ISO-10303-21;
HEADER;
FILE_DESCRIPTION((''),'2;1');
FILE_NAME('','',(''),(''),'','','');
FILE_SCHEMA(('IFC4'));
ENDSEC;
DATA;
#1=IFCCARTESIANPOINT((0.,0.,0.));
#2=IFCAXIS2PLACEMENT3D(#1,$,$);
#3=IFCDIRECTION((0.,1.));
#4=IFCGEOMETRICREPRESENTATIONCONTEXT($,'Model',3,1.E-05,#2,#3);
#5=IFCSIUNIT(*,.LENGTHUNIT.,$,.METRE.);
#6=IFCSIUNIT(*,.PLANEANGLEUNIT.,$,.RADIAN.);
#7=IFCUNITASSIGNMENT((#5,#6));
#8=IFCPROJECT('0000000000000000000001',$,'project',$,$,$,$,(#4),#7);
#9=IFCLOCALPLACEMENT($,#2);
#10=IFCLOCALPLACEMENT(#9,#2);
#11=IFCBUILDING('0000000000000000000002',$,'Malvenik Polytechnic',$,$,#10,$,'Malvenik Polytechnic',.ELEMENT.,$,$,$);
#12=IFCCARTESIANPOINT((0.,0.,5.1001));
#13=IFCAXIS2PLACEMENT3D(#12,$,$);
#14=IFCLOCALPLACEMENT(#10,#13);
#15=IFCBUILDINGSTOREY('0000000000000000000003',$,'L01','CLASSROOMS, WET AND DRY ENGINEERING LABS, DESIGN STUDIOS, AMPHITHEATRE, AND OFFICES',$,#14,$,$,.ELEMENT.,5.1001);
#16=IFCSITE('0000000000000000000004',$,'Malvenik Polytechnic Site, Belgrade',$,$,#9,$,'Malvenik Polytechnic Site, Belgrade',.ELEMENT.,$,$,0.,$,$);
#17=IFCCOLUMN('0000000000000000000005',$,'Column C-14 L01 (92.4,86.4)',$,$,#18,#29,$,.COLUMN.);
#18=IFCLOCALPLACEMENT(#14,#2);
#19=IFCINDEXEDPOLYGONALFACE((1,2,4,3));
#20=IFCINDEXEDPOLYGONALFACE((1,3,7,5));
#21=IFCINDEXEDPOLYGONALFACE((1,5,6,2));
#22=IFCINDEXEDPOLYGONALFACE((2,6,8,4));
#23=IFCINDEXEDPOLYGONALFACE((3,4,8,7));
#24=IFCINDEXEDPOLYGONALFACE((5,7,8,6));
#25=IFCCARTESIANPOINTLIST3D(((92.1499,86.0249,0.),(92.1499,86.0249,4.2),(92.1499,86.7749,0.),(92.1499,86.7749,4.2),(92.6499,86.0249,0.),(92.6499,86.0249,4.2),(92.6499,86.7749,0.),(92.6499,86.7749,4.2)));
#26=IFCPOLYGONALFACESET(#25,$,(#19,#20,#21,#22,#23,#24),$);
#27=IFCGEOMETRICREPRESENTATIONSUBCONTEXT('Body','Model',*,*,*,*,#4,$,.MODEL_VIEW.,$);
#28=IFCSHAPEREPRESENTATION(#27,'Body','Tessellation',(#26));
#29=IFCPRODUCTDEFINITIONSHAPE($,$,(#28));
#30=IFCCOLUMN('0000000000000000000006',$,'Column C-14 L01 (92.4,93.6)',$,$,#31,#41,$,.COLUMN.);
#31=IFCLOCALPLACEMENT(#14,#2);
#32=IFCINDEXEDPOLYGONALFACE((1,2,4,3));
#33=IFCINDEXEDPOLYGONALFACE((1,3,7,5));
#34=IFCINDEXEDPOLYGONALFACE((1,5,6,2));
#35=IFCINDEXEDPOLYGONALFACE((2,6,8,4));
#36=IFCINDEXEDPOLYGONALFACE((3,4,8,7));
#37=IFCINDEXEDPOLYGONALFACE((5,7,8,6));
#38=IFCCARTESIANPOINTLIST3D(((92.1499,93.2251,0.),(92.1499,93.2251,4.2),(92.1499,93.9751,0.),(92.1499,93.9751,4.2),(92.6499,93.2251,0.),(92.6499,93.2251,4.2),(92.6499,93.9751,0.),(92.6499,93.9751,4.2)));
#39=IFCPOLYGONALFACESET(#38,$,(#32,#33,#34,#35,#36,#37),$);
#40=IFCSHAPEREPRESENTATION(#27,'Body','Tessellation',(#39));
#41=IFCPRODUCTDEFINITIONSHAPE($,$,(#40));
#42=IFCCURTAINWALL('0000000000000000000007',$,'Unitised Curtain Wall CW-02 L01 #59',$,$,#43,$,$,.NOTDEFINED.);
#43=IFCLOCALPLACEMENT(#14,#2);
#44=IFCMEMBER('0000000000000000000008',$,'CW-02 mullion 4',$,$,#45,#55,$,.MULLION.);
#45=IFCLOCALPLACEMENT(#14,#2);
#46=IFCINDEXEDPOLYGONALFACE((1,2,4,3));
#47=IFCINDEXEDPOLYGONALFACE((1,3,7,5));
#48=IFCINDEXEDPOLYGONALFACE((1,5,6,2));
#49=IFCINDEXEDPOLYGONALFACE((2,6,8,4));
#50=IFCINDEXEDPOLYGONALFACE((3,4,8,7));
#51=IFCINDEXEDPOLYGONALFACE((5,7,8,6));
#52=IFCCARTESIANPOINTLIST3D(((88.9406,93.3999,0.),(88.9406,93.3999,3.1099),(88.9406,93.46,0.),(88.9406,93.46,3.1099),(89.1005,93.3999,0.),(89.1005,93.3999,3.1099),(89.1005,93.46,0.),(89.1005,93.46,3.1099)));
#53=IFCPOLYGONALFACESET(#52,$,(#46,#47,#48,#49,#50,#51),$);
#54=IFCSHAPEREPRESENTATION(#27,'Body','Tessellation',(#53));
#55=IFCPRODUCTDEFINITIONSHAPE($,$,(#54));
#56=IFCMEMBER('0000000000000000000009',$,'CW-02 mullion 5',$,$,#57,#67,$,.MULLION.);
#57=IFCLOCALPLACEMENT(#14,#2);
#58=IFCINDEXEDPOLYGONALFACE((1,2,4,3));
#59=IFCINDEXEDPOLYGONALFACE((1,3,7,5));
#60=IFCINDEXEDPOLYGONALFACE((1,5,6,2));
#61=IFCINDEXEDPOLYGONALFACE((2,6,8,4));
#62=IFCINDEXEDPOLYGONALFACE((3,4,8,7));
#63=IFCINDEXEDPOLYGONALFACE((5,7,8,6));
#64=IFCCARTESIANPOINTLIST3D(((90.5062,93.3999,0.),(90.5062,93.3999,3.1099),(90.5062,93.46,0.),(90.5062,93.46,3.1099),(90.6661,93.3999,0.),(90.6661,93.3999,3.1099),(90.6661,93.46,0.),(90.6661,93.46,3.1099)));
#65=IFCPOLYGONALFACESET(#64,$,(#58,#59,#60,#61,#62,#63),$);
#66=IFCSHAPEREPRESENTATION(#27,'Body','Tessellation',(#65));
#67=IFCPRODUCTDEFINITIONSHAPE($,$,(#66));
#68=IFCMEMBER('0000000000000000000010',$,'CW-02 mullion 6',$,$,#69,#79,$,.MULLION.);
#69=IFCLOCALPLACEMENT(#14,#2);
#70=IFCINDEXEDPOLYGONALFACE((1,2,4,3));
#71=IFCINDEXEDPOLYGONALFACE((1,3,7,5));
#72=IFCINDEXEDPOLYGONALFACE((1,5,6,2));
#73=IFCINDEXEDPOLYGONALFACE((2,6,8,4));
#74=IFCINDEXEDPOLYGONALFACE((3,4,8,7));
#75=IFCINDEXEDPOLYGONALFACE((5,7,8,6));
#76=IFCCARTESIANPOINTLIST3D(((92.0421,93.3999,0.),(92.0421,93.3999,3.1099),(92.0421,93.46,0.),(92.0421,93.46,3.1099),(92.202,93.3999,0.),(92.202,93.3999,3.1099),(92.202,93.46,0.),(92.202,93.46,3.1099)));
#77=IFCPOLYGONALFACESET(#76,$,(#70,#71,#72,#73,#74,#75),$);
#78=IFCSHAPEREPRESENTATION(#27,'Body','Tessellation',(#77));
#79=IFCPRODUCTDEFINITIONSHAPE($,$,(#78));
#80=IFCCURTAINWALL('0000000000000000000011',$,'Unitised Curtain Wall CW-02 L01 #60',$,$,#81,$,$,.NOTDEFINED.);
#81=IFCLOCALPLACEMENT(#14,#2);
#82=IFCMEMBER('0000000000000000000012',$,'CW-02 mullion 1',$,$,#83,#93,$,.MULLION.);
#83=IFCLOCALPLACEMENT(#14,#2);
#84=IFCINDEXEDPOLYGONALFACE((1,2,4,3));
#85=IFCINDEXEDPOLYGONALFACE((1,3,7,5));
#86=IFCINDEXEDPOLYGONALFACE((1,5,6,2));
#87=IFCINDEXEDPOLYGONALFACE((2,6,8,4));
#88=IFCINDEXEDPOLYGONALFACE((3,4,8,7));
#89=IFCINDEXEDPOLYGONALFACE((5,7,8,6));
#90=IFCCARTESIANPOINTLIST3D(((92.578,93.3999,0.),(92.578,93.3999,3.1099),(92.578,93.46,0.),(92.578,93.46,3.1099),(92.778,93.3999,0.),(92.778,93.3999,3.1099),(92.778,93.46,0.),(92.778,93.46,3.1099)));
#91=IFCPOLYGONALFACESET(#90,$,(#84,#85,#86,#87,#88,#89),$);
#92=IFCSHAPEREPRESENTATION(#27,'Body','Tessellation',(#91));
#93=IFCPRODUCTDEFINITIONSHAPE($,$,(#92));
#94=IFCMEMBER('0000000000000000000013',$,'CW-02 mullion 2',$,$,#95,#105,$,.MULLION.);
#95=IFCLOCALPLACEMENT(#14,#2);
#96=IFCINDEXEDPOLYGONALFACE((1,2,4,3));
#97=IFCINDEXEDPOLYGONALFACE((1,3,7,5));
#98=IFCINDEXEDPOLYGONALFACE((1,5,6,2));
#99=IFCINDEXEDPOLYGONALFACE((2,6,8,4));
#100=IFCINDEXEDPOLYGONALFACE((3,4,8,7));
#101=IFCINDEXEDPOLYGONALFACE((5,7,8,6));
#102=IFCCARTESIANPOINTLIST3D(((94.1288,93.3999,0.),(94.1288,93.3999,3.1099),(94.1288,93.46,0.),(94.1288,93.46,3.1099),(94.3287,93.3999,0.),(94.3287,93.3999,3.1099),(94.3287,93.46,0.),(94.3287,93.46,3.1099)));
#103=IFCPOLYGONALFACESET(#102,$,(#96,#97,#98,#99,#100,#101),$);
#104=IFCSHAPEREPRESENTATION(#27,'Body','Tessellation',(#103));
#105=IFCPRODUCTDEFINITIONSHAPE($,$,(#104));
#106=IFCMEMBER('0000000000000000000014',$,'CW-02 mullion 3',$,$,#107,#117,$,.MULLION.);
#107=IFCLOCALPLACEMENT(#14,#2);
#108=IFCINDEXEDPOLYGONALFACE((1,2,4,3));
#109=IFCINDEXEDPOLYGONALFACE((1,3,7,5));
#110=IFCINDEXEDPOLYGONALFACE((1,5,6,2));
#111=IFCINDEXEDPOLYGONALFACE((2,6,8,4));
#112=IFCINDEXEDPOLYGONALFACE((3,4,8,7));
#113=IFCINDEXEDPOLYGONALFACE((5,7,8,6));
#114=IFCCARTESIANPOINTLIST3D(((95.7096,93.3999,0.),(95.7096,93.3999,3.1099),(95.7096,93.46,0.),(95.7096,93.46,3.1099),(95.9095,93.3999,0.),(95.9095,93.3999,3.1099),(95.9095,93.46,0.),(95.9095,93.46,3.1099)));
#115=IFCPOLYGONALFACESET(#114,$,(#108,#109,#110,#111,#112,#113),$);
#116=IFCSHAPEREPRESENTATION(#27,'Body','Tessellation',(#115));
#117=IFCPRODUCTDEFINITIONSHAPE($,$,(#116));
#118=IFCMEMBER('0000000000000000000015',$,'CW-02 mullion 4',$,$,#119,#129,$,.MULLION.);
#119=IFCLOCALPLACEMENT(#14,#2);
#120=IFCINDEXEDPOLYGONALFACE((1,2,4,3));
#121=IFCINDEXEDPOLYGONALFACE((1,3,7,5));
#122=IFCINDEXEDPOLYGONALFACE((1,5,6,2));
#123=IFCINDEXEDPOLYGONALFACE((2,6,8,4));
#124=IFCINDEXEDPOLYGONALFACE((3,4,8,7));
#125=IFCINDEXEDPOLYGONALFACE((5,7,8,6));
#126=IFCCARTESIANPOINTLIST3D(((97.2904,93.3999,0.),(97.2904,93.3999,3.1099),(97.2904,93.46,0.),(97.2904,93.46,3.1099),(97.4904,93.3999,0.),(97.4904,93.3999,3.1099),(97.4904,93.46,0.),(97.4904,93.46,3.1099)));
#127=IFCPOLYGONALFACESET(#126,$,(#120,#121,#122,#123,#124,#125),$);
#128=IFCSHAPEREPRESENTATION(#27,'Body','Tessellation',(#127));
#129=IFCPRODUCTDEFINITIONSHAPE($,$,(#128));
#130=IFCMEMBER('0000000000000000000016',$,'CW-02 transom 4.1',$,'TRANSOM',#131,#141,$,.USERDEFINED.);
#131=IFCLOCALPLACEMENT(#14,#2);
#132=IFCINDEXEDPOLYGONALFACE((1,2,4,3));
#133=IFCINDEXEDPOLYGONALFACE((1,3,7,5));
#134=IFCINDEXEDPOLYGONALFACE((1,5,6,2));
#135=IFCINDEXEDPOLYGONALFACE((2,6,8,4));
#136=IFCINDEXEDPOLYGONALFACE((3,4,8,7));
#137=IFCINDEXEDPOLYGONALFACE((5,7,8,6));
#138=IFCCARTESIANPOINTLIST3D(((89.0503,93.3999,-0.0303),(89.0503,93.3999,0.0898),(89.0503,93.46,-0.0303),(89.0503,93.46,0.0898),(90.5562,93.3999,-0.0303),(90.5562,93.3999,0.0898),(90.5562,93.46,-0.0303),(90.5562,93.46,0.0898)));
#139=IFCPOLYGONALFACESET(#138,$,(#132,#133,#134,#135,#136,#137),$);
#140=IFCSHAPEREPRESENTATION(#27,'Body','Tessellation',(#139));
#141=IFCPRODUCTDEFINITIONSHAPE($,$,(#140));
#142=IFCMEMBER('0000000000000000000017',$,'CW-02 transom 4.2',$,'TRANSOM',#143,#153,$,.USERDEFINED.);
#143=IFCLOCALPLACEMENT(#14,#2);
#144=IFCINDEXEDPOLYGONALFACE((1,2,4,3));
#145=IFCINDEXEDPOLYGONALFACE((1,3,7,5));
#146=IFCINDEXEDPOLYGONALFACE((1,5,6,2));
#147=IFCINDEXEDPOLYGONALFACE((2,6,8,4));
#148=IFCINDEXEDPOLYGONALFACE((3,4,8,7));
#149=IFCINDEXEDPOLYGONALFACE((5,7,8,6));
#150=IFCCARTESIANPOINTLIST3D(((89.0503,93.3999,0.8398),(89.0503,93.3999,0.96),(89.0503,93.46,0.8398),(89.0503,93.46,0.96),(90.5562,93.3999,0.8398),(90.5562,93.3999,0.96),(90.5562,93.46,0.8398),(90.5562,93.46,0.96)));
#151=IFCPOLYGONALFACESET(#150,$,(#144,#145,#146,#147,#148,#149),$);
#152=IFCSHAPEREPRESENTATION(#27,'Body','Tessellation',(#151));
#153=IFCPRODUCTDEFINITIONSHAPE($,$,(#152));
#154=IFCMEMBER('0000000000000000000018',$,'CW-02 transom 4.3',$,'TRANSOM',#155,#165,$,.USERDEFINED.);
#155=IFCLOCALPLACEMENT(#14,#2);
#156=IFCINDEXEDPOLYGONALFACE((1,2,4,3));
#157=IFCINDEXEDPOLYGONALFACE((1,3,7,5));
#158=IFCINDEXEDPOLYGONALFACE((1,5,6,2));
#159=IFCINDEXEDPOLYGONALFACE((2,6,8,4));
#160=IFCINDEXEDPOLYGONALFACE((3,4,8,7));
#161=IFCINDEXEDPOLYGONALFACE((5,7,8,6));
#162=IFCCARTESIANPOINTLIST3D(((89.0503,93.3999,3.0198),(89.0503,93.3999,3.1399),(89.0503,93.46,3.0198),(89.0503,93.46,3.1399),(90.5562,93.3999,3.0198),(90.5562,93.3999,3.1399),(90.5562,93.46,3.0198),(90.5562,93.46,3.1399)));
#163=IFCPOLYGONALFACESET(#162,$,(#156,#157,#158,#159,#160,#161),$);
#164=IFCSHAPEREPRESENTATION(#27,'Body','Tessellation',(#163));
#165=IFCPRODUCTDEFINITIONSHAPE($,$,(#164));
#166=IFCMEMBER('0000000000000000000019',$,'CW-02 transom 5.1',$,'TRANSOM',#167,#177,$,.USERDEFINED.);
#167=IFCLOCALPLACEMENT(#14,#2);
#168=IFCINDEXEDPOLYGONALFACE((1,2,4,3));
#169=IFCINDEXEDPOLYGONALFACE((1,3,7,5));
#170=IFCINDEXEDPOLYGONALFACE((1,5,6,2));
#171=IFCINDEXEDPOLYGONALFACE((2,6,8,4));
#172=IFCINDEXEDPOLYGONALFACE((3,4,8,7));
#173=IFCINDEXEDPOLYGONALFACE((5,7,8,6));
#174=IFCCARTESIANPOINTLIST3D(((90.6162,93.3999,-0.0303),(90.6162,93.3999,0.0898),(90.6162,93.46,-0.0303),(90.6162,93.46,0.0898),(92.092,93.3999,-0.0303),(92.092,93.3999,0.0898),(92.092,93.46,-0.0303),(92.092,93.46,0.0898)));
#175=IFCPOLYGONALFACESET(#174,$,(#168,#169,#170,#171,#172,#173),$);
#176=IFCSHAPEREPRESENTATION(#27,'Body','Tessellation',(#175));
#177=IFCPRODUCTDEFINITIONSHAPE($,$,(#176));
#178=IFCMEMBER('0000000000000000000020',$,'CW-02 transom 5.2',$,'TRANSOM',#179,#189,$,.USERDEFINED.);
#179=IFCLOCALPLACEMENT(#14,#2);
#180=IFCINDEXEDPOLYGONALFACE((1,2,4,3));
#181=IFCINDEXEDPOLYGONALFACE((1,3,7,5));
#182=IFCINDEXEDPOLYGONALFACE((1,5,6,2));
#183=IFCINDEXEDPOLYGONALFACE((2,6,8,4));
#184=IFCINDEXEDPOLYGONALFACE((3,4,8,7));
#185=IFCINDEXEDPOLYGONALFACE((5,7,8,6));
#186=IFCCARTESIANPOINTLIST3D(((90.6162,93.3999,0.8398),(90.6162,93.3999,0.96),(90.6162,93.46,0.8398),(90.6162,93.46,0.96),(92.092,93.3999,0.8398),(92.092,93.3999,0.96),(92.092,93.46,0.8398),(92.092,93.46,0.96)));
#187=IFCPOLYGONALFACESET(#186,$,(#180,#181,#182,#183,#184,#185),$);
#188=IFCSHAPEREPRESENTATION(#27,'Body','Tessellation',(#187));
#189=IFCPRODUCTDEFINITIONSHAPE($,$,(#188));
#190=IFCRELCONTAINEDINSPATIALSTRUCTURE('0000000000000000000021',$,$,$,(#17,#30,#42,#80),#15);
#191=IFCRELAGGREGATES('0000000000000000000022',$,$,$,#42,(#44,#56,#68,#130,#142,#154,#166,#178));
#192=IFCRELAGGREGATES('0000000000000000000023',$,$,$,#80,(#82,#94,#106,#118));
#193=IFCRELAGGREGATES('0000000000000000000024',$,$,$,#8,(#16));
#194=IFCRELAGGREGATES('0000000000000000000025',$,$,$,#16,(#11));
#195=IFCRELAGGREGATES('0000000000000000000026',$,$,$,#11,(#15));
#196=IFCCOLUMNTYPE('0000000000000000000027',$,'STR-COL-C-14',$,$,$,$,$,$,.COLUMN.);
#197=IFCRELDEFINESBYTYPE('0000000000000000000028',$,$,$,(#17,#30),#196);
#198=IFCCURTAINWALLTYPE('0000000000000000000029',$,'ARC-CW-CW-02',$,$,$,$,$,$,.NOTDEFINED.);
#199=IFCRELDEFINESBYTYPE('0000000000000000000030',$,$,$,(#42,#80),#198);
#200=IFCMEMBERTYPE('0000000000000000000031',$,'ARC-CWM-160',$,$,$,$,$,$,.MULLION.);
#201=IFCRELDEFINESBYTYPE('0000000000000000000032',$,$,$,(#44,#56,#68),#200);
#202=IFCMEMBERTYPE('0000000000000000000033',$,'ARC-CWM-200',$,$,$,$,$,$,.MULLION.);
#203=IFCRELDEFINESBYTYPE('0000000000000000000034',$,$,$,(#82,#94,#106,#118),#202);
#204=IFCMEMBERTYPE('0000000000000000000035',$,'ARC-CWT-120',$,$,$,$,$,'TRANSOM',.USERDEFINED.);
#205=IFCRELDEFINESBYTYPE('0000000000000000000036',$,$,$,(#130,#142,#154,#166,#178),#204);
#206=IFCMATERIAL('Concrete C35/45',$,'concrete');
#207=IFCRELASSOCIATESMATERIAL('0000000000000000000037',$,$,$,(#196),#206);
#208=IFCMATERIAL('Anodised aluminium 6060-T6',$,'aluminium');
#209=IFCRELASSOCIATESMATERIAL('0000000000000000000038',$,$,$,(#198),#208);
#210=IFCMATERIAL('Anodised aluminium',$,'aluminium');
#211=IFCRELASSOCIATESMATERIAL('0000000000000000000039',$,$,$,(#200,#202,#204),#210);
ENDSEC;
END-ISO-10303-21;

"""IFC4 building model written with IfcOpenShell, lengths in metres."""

from ifc_helpers import new_model, si_unit, direction, frame, origin, origin_2d, place, context, subcontext, project, spatial, rectangle, extrude, material, material_profile, profile_set, type_object, element, aggregate, save


model = new_model("IFC4")

# Units and contexts
model_context = context("Model", 3, precision=1e-05, world=origin(), true_north=direction((0.0, 1.0)))
body_context = subcontext(model_context, "Body", "Model", "MODEL_VIEW")
ifc_project = project(units=[si_unit("LENGTHUNIT", "METRE"), si_unit("PLANEANGLEUNIT", "RADIAN")], contexts=[model_context])

# Site, building, storey
site_placement = place(None, origin())
site = spatial("IfcSite", under=ifc_project, at=site_placement, Name="Malvenik Polytechnic Site, Belgrade", LongName="Malvenik Polytechnic Site, Belgrade", CompositionType="ELEMENT", RefElevation=0.0)
building_placement = place(site_placement, origin())
building = spatial("IfcBuilding", under=site, at=building_placement, Name="Malvenik Polytechnic", LongName="Malvenik Polytechnic", CompositionType="ELEMENT")
storey_placement = place(building_placement, frame((0.0, 0.0, 5.1001)))
storey = spatial("IfcBuildingStorey", under=building, at=storey_placement, Name="L01", Description="CLASSROOMS, WET AND DRY ENGINEERING LABS, DESIGN STUDIOS, AMPHITHEATRE, AND OFFICES", CompositionType="ELEMENT", Elevation=5.1001)

# Columns
ifc_material_1 = material(Name="Concrete C35/45", Category="concrete")
ifc_material_profile_1 = material_profile(ifc_material_1, rectangle(XDim=0.5, YDim=0.75, at=origin_2d()), Name="RC COL 750x500")
ifc_profile_set_1 = profile_set([ifc_material_profile_1], Name="Concrete C35/45")
column_type = type_object("IfcColumnType", Name="STR-COL-C-14", PredefinedType="COLUMN", material=ifc_profile_set_1)
for number, where, z_axis, x_axis, name in (
    (1, (92.3999, 86.3999, 0.0), (0.0, 0.0, 1.0), (1.0, 0.0, 0.0), "Column C-14 L01 (92.4,86.4)"),
    (2, (92.3999, 93.6001, 0.0), (0.0, 0.0, 1.0), (1.0, 0.0, 0.0), "Column C-14 L01 (92.4,93.6)"),
):
    element("IfcColumn", number, at=place(storey_placement, frame(where, z_axis=z_axis, x_axis=x_axis)), inside=storey, type_object=column_type, Name=name, PredefinedType="COLUMN", context=body_context, shape_type="SweptSolid", body=[
        extrude(rectangle(XDim=0.5, YDim=0.75, at=origin_2d()), origin(), (0.0, 0.0, 1.0), 4.2),
    ])

# Curtain walls, members
ifc_material_2 = material(Name="Anodised aluminium 6060-T6", Category="aluminium")
curtain_wall_type = type_object("IfcCurtainWallType", Name="ARC-CW-CW-02", PredefinedType="NOTDEFINED", material=ifc_material_2)
curtain_wall_1_placement = place(storey_placement, origin())
curtain_wall_1 = element("IfcCurtainWall", 3, at=curtain_wall_1_placement, inside=storey, type_object=curtain_wall_type, Name="Unitised Curtain Wall CW-02 L01 #59", PredefinedType="NOTDEFINED")
ifc_material_3 = material(Name="Anodised aluminium", Category="aluminium")
ifc_material_profile_2 = material_profile(ifc_material_3, rectangle(XDim=0.0601, YDim=0.1599, at=origin_2d()), Name="ALU MULLION 60x160")
ifc_profile_set_2 = profile_set([ifc_material_profile_2], Name="Anodised aluminium")
member_type_1 = type_object("IfcMemberType", Name="ARC-CWM-160", PredefinedType="MULLION", material=ifc_profile_set_2)
member_1_placement = place(storey_placement, frame((89.0205, 93.4299, 0.0), z_axis=(0.0, 0.0, 1.0), x_axis=(0.0, 1.0, 0.0)))
member_1 = element("IfcMember", 4, at=member_1_placement, type_object=member_type_1, Name="CW-02 mullion 4", PredefinedType="MULLION", context=body_context, shape_type="SweptSolid", body=[
    extrude(rectangle(XDim=0.0601, YDim=0.1599, at=origin_2d()), origin(), (0.0, 0.0, 1.0), 3.1099),
])
member_2_placement = place(storey_placement, frame((90.5862, 93.4299, 0.0), z_axis=(0.0, 0.0, 1.0), x_axis=(0.0, 1.0, 0.0)))
member_2 = element("IfcMember", 5, at=member_2_placement, type_object=member_type_1, Name="CW-02 mullion 5", PredefinedType="MULLION", context=body_context, shape_type="SweptSolid", body=[
    extrude(rectangle(XDim=0.0601, YDim=0.1599, at=origin_2d()), origin(), (0.0, 0.0, 1.0), 3.1099),
])
member_3_placement = place(storey_placement, frame((92.1221, 93.4299, 0.0), z_axis=(0.0, 0.0, 1.0), x_axis=(0.0, 1.0, 0.0)))
member_3 = element("IfcMember", 6, at=member_3_placement, type_object=member_type_1, Name="CW-02 mullion 6", PredefinedType="MULLION", context=body_context, shape_type="SweptSolid", body=[
    extrude(rectangle(XDim=0.0601, YDim=0.1599, at=origin_2d()), origin(), (0.0, 0.0, 1.0), 3.1099),
])
curtain_wall_2_placement = place(storey_placement, origin())
curtain_wall_2 = element("IfcCurtainWall", 7, at=curtain_wall_2_placement, inside=storey, type_object=curtain_wall_type, Name="Unitised Curtain Wall CW-02 L01 #60", PredefinedType="NOTDEFINED")
ifc_material_profile_3 = material_profile(ifc_material_3, rectangle(XDim=0.0601, YDim=0.2, at=origin_2d()), Name="ALU MULLION 60x200")
ifc_profile_set_3 = profile_set([ifc_material_profile_3], Name="Anodised aluminium")
member_type_2 = type_object("IfcMemberType", Name="ARC-CWM-200", PredefinedType="MULLION", material=ifc_profile_set_3)
member_4_placement = place(storey_placement, frame((92.678, 93.4299, 0.0), z_axis=(0.0, 0.0, 1.0), x_axis=(0.0, 1.0, 0.0)))
member_4 = element("IfcMember", 8, at=member_4_placement, type_object=member_type_2, Name="CW-02 mullion 1", PredefinedType="MULLION", context=body_context, shape_type="SweptSolid", body=[
    extrude(rectangle(XDim=0.0601, YDim=0.2, at=origin_2d()), origin(), (0.0, 0.0, 1.0), 3.1099),
])
member_5_placement = place(storey_placement, frame((94.2288, 93.4299, 0.0), z_axis=(0.0, 0.0, 1.0), x_axis=(0.0, 1.0, 0.0)))
member_5 = element("IfcMember", 9, at=member_5_placement, type_object=member_type_2, Name="CW-02 mullion 2", PredefinedType="MULLION", context=body_context, shape_type="SweptSolid", body=[
    extrude(rectangle(XDim=0.0601, YDim=0.2, at=origin_2d()), origin(), (0.0, 0.0, 1.0), 3.1099),
])
member_6_placement = place(storey_placement, frame((95.8096, 93.4299, 0.0), z_axis=(0.0, 0.0, 1.0), x_axis=(0.0, 1.0, 0.0)))
member_6 = element("IfcMember", 10, at=member_6_placement, type_object=member_type_2, Name="CW-02 mullion 3", PredefinedType="MULLION", context=body_context, shape_type="SweptSolid", body=[
    extrude(rectangle(XDim=0.0601, YDim=0.2, at=origin_2d()), origin(), (0.0, 0.0, 1.0), 3.1099),
])
member_7_placement = place(storey_placement, frame((97.3904, 93.4299, 0.0), z_axis=(0.0, 0.0, 1.0), x_axis=(0.0, 1.0, 0.0)))
member_7 = element("IfcMember", 11, at=member_7_placement, type_object=member_type_2, Name="CW-02 mullion 4", PredefinedType="MULLION", context=body_context, shape_type="SweptSolid", body=[
    extrude(rectangle(XDim=0.0601, YDim=0.2, at=origin_2d()), origin(), (0.0, 0.0, 1.0), 3.1099),
])

# Members
ifc_material_profile_4 = material_profile(ifc_material_3, rectangle(XDim=0.0601, YDim=0.1201, at=origin_2d()), Name="ALU TRANSOM 60x120")
ifc_profile_set_4 = profile_set([ifc_material_profile_4], Name="Anodised aluminium")
member_type_3 = type_object("IfcMemberType", Name="ARC-CWT-120", ElementType="TRANSOM", PredefinedType="USERDEFINED", material=ifc_profile_set_4)
member_8_placement = place(storey_placement, frame((89.0503, 93.4299, 0.0298), z_axis=(1.0, 0.0, 0.0), x_axis=(0.0, 1.0, 0.0)))
member_8 = element("IfcMember", 12, at=member_8_placement, type_object=member_type_3, Name="CW-02 transom 4.1", ObjectType="TRANSOM", PredefinedType="USERDEFINED", context=body_context, shape_type="SweptSolid", body=[
    extrude(rectangle(XDim=0.0601, YDim=0.1201, at=origin_2d()), origin(), (0.0, 0.0, 1.0), 1.5059),
])
member_9_placement = place(storey_placement, frame((89.0503, 93.4299, 0.8999), z_axis=(1.0, 0.0, 0.0), x_axis=(0.0, 1.0, 0.0)))
member_9 = element("IfcMember", 13, at=member_9_placement, type_object=member_type_3, Name="CW-02 transom 4.2", ObjectType="TRANSOM", PredefinedType="USERDEFINED", context=body_context, shape_type="SweptSolid", body=[
    extrude(rectangle(XDim=0.0601, YDim=0.1201, at=origin_2d()), origin(), (0.0, 0.0, 1.0), 1.5059),
])
member_10_placement = place(storey_placement, frame((89.0503, 93.4299, 3.0798), z_axis=(1.0, 0.0, 0.0), x_axis=(0.0, 1.0, 0.0)))
member_10 = element("IfcMember", 14, at=member_10_placement, type_object=member_type_3, Name="CW-02 transom 4.3", ObjectType="TRANSOM", PredefinedType="USERDEFINED", context=body_context, shape_type="SweptSolid", body=[
    extrude(rectangle(XDim=0.0601, YDim=0.1201, at=origin_2d()), origin(), (0.0, 0.0, 1.0), 1.5059),
])
member_11_placement = place(storey_placement, frame((90.6162, 93.4299, 0.0298), z_axis=(1.0, 0.0, 0.0), x_axis=(0.0, 1.0, 0.0)))
member_11 = element("IfcMember", 15, at=member_11_placement, type_object=member_type_3, Name="CW-02 transom 5.1", ObjectType="TRANSOM", PredefinedType="USERDEFINED", context=body_context, shape_type="SweptSolid", body=[
    extrude(rectangle(XDim=0.0601, YDim=0.1201, at=origin_2d()), origin(), (0.0, 0.0, 1.0), 1.4758),
])
member_12_placement = place(storey_placement, frame((90.6162, 93.4299, 0.8999), z_axis=(1.0, 0.0, 0.0), x_axis=(0.0, 1.0, 0.0)))
member_12 = element("IfcMember", 16, at=member_12_placement, type_object=member_type_3, Name="CW-02 transom 5.2", ObjectType="TRANSOM", PredefinedType="USERDEFINED", context=body_context, shape_type="SweptSolid", body=[
    extrude(rectangle(XDim=0.0601, YDim=0.1201, at=origin_2d()), origin(), (0.0, 0.0, 1.0), 1.4758),
])

aggregate(curtain_wall_1, [member_1, member_2, member_3, member_8, member_9, member_10, member_11, member_12])
aggregate(curtain_wall_2, [member_4, member_5, member_6, member_7])

save(model, "model.ifc")
